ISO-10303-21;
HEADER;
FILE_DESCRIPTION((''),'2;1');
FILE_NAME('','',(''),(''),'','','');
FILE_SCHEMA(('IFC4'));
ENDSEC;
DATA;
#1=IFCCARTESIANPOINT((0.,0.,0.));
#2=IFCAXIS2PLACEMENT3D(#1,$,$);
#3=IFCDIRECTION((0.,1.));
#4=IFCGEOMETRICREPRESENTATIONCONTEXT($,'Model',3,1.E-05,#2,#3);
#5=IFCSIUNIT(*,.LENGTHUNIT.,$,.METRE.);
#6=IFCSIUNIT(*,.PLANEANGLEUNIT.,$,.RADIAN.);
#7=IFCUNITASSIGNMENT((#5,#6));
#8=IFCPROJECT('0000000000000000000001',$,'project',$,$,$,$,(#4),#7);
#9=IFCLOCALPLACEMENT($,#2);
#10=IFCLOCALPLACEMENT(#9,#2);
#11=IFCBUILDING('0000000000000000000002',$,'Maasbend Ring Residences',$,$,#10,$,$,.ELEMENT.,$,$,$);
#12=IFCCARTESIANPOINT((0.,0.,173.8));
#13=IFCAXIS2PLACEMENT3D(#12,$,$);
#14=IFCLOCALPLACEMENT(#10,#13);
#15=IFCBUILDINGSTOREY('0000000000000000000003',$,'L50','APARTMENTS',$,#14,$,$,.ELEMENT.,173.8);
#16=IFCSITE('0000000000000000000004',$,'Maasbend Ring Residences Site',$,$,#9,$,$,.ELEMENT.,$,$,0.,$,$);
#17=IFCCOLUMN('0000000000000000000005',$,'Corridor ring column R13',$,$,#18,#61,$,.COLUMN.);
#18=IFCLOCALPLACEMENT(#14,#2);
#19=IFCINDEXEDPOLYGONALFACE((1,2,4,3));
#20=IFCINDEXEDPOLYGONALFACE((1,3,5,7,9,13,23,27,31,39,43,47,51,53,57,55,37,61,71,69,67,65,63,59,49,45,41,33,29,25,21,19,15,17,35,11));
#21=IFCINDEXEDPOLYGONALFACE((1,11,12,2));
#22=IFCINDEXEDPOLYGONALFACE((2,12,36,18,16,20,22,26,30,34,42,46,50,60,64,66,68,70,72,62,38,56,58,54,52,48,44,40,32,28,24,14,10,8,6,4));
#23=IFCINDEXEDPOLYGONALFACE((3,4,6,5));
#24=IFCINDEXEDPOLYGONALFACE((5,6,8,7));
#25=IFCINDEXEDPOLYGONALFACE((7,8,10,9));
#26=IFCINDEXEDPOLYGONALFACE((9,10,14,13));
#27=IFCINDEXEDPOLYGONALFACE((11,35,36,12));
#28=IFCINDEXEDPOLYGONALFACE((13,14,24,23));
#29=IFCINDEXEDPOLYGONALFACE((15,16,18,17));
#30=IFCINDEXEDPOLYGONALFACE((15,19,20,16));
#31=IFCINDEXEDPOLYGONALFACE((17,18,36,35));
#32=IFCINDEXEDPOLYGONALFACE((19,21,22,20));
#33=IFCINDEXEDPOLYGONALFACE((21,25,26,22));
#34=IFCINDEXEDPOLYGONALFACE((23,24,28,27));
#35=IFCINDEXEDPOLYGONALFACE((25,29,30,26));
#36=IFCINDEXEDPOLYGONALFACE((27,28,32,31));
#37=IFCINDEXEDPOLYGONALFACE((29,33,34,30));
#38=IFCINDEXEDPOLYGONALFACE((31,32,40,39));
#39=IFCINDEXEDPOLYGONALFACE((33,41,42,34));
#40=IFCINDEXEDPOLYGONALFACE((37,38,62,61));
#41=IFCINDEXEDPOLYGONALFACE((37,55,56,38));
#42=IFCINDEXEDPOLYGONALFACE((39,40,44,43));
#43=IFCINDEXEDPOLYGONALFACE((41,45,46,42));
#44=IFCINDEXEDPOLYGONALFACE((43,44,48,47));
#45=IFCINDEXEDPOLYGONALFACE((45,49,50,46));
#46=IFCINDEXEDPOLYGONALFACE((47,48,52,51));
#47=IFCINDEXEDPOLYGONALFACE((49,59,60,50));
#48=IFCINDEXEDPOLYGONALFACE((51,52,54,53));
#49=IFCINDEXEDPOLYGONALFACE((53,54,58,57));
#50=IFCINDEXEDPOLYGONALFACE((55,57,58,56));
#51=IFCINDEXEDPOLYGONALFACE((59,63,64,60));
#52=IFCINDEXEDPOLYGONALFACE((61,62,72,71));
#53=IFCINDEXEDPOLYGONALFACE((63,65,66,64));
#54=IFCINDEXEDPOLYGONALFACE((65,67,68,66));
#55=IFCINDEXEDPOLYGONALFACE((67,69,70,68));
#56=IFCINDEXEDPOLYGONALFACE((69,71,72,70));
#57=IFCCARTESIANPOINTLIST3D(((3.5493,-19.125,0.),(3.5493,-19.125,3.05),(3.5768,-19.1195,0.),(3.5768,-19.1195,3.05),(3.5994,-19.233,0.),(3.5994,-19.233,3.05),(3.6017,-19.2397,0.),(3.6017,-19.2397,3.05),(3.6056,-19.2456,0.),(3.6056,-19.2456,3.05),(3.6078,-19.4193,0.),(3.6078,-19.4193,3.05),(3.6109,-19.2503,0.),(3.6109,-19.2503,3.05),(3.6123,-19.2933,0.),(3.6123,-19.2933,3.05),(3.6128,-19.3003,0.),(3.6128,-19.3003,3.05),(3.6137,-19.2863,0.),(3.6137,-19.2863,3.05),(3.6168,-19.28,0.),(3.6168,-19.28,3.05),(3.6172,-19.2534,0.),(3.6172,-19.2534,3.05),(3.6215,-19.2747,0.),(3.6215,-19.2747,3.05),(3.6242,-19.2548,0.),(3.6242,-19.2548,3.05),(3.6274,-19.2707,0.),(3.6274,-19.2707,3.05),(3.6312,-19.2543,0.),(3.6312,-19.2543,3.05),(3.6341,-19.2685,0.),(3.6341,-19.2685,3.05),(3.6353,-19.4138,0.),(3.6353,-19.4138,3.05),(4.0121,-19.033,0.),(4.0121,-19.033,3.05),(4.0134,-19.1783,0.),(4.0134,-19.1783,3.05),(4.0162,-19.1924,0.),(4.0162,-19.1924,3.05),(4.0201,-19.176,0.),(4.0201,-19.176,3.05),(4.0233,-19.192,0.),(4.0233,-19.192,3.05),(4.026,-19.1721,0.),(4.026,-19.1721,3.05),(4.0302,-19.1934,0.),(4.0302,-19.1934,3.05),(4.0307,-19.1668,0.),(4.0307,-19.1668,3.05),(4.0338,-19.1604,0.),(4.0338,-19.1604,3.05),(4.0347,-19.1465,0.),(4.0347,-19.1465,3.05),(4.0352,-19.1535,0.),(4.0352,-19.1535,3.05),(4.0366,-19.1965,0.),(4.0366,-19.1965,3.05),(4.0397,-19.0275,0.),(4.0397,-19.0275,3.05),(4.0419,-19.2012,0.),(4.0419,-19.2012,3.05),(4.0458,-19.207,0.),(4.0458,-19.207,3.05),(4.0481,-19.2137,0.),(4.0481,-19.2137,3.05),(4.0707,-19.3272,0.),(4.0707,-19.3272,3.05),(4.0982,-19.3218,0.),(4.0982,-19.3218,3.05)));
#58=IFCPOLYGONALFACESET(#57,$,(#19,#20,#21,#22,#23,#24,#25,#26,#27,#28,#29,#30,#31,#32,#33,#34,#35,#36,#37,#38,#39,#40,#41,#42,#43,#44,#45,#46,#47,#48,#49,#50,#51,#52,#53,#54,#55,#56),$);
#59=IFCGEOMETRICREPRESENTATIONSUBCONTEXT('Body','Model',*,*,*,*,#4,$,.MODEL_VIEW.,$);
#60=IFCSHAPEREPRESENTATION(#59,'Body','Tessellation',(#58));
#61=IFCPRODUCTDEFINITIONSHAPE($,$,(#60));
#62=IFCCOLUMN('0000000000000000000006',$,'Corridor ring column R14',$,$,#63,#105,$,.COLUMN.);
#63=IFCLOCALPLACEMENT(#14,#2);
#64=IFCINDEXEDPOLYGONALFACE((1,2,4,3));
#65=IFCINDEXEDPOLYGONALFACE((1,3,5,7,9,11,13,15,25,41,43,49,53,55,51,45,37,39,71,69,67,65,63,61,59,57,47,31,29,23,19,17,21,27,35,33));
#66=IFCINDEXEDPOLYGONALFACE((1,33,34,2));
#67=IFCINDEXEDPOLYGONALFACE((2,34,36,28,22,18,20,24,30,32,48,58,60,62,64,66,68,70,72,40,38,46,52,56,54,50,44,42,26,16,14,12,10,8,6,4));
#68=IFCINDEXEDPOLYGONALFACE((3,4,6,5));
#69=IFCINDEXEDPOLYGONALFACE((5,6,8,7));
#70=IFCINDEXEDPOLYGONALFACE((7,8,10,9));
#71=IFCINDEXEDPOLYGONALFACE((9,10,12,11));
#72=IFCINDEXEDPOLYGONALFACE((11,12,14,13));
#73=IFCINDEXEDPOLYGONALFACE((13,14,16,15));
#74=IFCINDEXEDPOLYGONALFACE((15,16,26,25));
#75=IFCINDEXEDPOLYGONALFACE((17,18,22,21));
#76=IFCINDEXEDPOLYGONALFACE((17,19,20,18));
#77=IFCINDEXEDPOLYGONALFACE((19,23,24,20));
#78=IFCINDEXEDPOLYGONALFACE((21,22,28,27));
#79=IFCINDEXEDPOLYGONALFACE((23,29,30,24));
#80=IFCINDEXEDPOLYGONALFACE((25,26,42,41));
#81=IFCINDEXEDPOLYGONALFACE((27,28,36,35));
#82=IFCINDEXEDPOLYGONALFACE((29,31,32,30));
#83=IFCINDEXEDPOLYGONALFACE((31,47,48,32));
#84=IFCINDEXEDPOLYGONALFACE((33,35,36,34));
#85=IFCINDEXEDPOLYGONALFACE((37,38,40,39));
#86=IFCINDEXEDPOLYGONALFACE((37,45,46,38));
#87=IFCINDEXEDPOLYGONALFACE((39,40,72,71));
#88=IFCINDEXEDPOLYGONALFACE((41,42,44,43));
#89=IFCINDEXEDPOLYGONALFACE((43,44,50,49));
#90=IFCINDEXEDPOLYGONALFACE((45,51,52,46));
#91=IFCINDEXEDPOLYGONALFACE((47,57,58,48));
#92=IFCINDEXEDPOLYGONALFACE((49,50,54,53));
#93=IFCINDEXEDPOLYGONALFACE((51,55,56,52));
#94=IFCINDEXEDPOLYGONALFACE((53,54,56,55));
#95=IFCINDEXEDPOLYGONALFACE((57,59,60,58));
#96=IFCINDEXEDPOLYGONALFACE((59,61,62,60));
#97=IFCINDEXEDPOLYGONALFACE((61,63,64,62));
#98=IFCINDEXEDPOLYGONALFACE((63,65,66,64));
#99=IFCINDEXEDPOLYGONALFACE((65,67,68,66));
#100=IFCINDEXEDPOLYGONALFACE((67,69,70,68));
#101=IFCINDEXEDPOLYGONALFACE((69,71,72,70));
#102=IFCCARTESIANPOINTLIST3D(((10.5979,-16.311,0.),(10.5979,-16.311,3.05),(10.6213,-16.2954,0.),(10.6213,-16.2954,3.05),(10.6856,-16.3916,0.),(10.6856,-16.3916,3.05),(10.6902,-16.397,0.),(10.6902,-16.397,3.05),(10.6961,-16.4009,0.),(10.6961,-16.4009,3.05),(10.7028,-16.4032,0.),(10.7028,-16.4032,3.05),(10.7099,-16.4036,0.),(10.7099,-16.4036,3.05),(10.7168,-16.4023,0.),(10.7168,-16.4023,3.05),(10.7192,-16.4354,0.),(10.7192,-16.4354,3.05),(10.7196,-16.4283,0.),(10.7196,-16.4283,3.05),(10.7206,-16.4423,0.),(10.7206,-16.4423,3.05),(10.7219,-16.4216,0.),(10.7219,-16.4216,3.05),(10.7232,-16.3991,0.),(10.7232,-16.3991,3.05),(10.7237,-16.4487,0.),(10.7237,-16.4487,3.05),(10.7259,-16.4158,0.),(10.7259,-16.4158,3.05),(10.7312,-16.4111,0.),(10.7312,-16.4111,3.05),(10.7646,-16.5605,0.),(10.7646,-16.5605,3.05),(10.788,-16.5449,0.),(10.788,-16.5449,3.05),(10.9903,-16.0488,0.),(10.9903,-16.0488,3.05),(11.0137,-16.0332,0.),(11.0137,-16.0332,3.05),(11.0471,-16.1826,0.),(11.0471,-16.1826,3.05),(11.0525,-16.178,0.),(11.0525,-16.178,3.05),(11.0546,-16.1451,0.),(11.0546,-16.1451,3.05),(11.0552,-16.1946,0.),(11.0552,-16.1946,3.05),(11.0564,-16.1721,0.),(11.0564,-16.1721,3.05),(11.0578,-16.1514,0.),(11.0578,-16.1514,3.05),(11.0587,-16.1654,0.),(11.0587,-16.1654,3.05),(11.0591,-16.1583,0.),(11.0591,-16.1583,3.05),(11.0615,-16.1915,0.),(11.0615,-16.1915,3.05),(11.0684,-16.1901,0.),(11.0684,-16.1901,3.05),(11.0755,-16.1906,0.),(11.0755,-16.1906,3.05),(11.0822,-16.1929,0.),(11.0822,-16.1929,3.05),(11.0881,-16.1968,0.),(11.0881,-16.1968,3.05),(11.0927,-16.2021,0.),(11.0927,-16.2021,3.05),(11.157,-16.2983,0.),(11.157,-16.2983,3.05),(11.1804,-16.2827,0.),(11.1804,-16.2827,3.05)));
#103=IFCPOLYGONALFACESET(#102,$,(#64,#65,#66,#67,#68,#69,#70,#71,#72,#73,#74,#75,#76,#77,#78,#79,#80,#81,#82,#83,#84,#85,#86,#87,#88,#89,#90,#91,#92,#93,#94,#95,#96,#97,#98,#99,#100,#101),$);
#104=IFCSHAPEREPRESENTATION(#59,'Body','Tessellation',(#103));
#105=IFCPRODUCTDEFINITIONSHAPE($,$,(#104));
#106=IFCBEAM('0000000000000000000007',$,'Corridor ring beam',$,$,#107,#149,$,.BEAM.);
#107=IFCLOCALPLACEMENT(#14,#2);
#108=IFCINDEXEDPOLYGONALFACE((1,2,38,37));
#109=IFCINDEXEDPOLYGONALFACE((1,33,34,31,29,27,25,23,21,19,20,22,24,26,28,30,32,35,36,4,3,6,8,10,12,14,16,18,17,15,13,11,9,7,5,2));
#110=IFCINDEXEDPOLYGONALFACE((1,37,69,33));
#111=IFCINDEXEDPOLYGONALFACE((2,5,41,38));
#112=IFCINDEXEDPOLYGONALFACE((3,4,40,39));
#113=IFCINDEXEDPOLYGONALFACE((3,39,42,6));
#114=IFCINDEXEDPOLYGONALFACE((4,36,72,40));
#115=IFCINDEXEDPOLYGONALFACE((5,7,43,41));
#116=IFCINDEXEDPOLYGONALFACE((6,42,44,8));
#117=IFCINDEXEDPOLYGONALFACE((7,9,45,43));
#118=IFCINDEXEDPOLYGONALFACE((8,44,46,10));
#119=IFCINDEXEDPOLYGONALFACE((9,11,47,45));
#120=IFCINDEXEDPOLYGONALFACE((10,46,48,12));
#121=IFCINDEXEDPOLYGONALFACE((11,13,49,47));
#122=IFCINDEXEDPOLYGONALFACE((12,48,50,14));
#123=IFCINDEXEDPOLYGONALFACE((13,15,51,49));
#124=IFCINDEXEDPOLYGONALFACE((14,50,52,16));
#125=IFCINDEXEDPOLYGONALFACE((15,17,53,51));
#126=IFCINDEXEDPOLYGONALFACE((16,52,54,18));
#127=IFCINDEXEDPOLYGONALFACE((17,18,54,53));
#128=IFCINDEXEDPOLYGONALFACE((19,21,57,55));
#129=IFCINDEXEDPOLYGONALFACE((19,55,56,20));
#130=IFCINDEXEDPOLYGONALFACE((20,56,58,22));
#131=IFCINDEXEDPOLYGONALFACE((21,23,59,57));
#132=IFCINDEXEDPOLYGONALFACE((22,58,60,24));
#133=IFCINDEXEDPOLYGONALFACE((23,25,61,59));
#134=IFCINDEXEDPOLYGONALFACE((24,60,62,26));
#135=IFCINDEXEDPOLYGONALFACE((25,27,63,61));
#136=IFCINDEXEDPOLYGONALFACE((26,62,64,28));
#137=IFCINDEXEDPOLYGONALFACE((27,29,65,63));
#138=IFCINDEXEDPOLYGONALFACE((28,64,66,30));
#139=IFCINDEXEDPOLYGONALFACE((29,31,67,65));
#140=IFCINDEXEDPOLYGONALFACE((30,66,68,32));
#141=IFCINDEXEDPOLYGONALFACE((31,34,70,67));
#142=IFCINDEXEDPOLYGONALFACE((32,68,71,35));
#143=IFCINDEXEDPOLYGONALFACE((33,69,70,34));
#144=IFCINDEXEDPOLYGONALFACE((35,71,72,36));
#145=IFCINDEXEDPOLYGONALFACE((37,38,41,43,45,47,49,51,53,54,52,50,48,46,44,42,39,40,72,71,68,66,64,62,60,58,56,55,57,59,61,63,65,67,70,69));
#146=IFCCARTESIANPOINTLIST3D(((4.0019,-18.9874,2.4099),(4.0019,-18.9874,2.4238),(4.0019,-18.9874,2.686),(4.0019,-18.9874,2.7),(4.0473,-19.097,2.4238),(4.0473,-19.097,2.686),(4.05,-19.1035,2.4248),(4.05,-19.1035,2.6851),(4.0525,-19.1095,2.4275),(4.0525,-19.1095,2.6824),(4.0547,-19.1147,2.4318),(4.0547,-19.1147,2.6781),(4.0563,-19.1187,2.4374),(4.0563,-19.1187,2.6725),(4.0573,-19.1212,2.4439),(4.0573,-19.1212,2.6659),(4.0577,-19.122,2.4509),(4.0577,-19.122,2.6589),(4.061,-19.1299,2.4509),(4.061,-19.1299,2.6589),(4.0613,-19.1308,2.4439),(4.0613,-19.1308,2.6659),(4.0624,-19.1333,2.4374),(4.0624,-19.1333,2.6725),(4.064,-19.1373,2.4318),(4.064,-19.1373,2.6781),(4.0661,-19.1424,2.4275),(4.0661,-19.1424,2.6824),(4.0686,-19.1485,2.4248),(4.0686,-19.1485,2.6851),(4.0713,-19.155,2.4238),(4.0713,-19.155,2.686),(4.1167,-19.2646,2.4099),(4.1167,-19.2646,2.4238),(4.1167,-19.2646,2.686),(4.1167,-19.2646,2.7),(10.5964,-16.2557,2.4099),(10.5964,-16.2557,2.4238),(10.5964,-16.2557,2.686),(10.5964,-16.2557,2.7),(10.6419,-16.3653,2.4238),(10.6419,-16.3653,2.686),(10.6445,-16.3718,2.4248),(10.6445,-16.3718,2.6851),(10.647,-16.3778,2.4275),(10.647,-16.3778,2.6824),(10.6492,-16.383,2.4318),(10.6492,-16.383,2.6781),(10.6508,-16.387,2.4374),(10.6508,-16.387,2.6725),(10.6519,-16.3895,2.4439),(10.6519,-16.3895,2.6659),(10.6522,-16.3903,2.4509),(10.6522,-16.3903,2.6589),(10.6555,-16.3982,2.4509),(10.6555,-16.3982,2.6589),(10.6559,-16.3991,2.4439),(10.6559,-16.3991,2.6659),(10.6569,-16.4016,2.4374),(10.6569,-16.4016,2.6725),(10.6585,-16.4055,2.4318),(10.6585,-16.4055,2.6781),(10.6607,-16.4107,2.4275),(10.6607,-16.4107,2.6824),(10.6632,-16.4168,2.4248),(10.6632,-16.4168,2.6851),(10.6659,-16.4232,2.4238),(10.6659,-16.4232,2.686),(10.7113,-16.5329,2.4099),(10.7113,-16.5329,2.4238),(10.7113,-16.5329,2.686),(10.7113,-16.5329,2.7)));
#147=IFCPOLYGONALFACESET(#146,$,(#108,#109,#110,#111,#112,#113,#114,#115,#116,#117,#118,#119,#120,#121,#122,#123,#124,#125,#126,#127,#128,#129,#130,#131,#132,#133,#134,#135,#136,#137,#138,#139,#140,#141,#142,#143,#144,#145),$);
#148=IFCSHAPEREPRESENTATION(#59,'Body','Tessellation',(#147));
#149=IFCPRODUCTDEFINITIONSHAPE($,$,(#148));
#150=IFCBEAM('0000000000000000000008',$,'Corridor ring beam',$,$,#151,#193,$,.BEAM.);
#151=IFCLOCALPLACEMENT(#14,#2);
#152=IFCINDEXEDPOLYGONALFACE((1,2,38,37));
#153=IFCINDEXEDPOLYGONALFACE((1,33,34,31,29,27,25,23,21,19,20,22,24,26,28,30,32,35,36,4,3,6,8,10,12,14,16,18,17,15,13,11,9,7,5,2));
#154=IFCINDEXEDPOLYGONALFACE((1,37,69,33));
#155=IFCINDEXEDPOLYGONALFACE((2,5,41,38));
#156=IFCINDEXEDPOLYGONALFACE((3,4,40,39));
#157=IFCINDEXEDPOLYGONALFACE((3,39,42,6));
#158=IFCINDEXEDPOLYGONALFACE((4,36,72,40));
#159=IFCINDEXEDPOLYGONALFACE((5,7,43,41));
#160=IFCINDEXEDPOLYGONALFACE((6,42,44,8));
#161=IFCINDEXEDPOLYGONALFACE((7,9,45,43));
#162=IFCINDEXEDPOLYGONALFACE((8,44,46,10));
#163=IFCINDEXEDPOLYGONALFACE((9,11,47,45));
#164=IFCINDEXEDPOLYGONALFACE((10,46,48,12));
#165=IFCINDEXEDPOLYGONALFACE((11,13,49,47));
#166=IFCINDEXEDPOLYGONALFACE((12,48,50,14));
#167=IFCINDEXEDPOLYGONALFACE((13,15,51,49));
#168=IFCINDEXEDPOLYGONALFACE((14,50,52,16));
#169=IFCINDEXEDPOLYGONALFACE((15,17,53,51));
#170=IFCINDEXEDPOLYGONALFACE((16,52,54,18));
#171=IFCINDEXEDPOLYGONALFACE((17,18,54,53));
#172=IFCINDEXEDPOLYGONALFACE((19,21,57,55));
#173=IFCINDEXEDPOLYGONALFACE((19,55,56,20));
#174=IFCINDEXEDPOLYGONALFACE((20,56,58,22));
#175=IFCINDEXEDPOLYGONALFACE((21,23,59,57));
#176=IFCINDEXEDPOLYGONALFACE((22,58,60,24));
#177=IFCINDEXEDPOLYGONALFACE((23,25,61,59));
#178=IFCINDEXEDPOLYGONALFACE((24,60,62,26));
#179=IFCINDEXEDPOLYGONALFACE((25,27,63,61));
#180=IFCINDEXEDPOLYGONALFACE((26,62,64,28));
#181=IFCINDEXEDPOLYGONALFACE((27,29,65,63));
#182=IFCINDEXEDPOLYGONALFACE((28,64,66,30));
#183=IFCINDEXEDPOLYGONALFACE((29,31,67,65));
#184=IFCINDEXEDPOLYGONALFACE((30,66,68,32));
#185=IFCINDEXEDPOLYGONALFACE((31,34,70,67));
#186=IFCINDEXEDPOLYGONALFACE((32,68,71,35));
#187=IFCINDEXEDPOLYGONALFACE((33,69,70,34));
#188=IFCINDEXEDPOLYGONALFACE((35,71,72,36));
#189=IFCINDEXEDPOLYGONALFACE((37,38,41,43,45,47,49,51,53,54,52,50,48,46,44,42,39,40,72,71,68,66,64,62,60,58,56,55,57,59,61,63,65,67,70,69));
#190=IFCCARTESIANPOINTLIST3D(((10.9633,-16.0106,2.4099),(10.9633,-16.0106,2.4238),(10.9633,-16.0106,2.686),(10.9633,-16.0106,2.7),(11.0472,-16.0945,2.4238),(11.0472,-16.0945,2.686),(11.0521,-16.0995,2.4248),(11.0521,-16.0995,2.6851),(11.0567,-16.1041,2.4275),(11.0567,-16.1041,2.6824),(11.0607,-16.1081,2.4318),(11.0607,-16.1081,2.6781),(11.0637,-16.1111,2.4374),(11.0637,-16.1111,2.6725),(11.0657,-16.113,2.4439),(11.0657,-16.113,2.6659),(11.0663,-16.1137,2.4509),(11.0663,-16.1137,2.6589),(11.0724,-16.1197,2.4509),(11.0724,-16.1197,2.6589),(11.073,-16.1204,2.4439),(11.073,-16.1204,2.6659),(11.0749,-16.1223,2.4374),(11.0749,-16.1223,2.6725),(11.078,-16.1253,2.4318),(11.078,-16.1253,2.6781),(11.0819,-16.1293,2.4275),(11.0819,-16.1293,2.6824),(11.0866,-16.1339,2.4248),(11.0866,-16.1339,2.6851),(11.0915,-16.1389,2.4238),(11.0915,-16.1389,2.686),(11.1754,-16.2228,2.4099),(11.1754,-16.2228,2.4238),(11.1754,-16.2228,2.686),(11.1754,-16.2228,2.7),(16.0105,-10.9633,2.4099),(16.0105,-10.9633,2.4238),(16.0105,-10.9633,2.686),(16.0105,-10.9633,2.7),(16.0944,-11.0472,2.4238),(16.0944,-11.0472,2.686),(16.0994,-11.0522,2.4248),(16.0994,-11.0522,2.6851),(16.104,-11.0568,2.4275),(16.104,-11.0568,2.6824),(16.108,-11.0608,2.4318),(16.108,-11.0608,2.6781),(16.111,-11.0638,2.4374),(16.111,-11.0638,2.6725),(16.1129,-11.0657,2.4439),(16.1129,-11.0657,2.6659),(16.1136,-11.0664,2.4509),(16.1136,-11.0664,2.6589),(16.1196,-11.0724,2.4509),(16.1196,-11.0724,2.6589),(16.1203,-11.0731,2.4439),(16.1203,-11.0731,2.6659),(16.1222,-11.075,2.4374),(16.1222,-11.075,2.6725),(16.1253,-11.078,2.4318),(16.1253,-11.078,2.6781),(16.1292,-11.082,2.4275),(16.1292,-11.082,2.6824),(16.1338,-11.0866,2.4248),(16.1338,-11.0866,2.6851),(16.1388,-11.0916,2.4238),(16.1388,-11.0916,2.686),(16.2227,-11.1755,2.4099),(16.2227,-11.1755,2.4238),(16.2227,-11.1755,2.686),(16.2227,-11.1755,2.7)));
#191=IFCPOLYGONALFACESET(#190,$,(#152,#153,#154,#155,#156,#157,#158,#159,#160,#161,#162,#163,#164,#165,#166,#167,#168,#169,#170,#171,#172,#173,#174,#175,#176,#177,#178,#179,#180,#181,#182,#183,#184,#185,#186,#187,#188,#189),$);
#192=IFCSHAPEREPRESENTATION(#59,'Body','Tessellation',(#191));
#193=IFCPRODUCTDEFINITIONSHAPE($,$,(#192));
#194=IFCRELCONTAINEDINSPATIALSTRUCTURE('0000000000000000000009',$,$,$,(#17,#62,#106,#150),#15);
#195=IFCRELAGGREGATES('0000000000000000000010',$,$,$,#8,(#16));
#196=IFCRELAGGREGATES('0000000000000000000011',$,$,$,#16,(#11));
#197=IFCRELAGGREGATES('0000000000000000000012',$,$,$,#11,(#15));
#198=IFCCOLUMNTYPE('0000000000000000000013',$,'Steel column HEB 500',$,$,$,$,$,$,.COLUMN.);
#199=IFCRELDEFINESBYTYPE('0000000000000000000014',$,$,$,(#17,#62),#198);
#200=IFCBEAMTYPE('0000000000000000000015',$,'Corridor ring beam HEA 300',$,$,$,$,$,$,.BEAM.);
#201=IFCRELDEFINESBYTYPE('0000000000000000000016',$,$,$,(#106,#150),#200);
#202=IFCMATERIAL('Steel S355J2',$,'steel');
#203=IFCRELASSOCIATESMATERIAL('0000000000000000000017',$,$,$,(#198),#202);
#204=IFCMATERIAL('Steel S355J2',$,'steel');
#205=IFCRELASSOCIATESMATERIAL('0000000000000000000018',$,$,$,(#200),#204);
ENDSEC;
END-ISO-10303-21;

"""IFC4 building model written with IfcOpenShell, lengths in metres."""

from ifc_helpers import new_model, si_unit, direction, frame, origin, origin_2d, place, context, subcontext, project, spatial, i_section, extrude, material, material_profile, profile_set, type_object, element, save


model = new_model("IFC4")

# Units and contexts
model_context = context("Model", 3, precision=1e-05, world=origin(), true_north=direction((0.0, 1.0)))
body_context = subcontext(model_context, "Body", "Model", "MODEL_VIEW")
ifc_project = project(units=[si_unit("LENGTHUNIT", "METRE"), si_unit("PLANEANGLEUNIT", "RADIAN")], contexts=[model_context])

# Site, building, storey
site_placement = place(None, origin())
site = spatial("IfcSite", under=ifc_project, at=site_placement, Name="Maasbend Ring Residences Site", CompositionType="ELEMENT", RefElevation=0.0)
building_placement = place(site_placement, origin())
building = spatial("IfcBuilding", under=site, at=building_placement, Name="Maasbend Ring Residences", CompositionType="ELEMENT")
storey_placement = place(building_placement, frame((0.0, 0.0, 173.8)))
storey = spatial("IfcBuildingStorey", under=building, at=storey_placement, Name="L50", Description="APARTMENTS", CompositionType="ELEMENT", Elevation=173.8)

# Columns
ifc_material_1 = material(Name="Steel S355J2", Category="steel")
ifc_material_profile_1 = material_profile(ifc_material_1, i_section(OverallWidth=0.3, OverallDepth=0.5, WebThickness=0.0144, FlangeThickness=0.0281, FilletRadius=0.0271, at=origin_2d()), Name="HEB 500")
ifc_profile_set_1 = profile_set([ifc_material_profile_1], Name="Steel S355J2")
column_type = type_object("IfcColumnType", Name="Steel column HEB 500", PredefinedType="COLUMN", material=ifc_profile_set_1)
for number, where, z_axis, x_axis, name in (
    (1, (3.8237, -19.2234, 0.0), (0.0, 0.0, 1.0), (0.19509, -0.980785, 0.0), "Corridor ring column R13"),
    (2, (10.8892, -16.2969, 0.0), (0.0, 0.0, 1.0), (0.55557, -0.83147, 0.0), "Corridor ring column R14"),
):
    element("IfcColumn", number, at=place(storey_placement, frame(where, z_axis=z_axis, x_axis=x_axis)), inside=storey, type_object=column_type, Name=name, PredefinedType="COLUMN", context=body_context, shape_type="SweptSolid", body=[
        extrude(i_section(OverallWidth=0.3, OverallDepth=0.5, WebThickness=0.0144, FlangeThickness=0.0281, FilletRadius=0.0271, at=origin_2d()), origin(), (0.0, 0.0, 1.0), 3.05),
    ])

# Beams
ifc_material_2 = material(Name="Steel S355J2", Category="steel")
ifc_material_profile_2 = material_profile(ifc_material_2, i_section(OverallWidth=0.3, OverallDepth=0.29, WebThickness=0.0085, FlangeThickness=0.0139, FilletRadius=0.0271, at=origin_2d()), Name="HEA 300")
ifc_profile_set_2 = profile_set([ifc_material_profile_2], Name="Steel S355J2")
beam_type = type_object("IfcBeamType", Name="Corridor ring beam HEA 300", PredefinedType="BEAM", material=ifc_profile_set_2)
for number, where, z_axis, x_axis, name in (
    (3, (4.0593, -19.126, 2.5549), (0.923871, 0.382703, 0.0), (-0.382703, 0.923871, 0.0), "Corridor ring beam"),
    (4, (11.0693, -16.1167, 2.5549), (0.707107, 0.707107, 0.0), (-0.707107, 0.707107, 0.0), "Corridor ring beam"),
):
    element("IfcBeam", number, at=place(storey_placement, frame(where, z_axis=z_axis, x_axis=x_axis)), inside=storey, type_object=beam_type, Name=name, PredefinedType="BEAM", context=body_context, shape_type="SweptSolid", body=[
        extrude(i_section(OverallWidth=0.3, OverallDepth=0.29, WebThickness=0.0085, FlangeThickness=0.0139, FilletRadius=0.0271, at=origin_2d()), origin(), (0.0, 0.0, 1.0), 7.1379),
    ])

save(model, "model.ifc")
